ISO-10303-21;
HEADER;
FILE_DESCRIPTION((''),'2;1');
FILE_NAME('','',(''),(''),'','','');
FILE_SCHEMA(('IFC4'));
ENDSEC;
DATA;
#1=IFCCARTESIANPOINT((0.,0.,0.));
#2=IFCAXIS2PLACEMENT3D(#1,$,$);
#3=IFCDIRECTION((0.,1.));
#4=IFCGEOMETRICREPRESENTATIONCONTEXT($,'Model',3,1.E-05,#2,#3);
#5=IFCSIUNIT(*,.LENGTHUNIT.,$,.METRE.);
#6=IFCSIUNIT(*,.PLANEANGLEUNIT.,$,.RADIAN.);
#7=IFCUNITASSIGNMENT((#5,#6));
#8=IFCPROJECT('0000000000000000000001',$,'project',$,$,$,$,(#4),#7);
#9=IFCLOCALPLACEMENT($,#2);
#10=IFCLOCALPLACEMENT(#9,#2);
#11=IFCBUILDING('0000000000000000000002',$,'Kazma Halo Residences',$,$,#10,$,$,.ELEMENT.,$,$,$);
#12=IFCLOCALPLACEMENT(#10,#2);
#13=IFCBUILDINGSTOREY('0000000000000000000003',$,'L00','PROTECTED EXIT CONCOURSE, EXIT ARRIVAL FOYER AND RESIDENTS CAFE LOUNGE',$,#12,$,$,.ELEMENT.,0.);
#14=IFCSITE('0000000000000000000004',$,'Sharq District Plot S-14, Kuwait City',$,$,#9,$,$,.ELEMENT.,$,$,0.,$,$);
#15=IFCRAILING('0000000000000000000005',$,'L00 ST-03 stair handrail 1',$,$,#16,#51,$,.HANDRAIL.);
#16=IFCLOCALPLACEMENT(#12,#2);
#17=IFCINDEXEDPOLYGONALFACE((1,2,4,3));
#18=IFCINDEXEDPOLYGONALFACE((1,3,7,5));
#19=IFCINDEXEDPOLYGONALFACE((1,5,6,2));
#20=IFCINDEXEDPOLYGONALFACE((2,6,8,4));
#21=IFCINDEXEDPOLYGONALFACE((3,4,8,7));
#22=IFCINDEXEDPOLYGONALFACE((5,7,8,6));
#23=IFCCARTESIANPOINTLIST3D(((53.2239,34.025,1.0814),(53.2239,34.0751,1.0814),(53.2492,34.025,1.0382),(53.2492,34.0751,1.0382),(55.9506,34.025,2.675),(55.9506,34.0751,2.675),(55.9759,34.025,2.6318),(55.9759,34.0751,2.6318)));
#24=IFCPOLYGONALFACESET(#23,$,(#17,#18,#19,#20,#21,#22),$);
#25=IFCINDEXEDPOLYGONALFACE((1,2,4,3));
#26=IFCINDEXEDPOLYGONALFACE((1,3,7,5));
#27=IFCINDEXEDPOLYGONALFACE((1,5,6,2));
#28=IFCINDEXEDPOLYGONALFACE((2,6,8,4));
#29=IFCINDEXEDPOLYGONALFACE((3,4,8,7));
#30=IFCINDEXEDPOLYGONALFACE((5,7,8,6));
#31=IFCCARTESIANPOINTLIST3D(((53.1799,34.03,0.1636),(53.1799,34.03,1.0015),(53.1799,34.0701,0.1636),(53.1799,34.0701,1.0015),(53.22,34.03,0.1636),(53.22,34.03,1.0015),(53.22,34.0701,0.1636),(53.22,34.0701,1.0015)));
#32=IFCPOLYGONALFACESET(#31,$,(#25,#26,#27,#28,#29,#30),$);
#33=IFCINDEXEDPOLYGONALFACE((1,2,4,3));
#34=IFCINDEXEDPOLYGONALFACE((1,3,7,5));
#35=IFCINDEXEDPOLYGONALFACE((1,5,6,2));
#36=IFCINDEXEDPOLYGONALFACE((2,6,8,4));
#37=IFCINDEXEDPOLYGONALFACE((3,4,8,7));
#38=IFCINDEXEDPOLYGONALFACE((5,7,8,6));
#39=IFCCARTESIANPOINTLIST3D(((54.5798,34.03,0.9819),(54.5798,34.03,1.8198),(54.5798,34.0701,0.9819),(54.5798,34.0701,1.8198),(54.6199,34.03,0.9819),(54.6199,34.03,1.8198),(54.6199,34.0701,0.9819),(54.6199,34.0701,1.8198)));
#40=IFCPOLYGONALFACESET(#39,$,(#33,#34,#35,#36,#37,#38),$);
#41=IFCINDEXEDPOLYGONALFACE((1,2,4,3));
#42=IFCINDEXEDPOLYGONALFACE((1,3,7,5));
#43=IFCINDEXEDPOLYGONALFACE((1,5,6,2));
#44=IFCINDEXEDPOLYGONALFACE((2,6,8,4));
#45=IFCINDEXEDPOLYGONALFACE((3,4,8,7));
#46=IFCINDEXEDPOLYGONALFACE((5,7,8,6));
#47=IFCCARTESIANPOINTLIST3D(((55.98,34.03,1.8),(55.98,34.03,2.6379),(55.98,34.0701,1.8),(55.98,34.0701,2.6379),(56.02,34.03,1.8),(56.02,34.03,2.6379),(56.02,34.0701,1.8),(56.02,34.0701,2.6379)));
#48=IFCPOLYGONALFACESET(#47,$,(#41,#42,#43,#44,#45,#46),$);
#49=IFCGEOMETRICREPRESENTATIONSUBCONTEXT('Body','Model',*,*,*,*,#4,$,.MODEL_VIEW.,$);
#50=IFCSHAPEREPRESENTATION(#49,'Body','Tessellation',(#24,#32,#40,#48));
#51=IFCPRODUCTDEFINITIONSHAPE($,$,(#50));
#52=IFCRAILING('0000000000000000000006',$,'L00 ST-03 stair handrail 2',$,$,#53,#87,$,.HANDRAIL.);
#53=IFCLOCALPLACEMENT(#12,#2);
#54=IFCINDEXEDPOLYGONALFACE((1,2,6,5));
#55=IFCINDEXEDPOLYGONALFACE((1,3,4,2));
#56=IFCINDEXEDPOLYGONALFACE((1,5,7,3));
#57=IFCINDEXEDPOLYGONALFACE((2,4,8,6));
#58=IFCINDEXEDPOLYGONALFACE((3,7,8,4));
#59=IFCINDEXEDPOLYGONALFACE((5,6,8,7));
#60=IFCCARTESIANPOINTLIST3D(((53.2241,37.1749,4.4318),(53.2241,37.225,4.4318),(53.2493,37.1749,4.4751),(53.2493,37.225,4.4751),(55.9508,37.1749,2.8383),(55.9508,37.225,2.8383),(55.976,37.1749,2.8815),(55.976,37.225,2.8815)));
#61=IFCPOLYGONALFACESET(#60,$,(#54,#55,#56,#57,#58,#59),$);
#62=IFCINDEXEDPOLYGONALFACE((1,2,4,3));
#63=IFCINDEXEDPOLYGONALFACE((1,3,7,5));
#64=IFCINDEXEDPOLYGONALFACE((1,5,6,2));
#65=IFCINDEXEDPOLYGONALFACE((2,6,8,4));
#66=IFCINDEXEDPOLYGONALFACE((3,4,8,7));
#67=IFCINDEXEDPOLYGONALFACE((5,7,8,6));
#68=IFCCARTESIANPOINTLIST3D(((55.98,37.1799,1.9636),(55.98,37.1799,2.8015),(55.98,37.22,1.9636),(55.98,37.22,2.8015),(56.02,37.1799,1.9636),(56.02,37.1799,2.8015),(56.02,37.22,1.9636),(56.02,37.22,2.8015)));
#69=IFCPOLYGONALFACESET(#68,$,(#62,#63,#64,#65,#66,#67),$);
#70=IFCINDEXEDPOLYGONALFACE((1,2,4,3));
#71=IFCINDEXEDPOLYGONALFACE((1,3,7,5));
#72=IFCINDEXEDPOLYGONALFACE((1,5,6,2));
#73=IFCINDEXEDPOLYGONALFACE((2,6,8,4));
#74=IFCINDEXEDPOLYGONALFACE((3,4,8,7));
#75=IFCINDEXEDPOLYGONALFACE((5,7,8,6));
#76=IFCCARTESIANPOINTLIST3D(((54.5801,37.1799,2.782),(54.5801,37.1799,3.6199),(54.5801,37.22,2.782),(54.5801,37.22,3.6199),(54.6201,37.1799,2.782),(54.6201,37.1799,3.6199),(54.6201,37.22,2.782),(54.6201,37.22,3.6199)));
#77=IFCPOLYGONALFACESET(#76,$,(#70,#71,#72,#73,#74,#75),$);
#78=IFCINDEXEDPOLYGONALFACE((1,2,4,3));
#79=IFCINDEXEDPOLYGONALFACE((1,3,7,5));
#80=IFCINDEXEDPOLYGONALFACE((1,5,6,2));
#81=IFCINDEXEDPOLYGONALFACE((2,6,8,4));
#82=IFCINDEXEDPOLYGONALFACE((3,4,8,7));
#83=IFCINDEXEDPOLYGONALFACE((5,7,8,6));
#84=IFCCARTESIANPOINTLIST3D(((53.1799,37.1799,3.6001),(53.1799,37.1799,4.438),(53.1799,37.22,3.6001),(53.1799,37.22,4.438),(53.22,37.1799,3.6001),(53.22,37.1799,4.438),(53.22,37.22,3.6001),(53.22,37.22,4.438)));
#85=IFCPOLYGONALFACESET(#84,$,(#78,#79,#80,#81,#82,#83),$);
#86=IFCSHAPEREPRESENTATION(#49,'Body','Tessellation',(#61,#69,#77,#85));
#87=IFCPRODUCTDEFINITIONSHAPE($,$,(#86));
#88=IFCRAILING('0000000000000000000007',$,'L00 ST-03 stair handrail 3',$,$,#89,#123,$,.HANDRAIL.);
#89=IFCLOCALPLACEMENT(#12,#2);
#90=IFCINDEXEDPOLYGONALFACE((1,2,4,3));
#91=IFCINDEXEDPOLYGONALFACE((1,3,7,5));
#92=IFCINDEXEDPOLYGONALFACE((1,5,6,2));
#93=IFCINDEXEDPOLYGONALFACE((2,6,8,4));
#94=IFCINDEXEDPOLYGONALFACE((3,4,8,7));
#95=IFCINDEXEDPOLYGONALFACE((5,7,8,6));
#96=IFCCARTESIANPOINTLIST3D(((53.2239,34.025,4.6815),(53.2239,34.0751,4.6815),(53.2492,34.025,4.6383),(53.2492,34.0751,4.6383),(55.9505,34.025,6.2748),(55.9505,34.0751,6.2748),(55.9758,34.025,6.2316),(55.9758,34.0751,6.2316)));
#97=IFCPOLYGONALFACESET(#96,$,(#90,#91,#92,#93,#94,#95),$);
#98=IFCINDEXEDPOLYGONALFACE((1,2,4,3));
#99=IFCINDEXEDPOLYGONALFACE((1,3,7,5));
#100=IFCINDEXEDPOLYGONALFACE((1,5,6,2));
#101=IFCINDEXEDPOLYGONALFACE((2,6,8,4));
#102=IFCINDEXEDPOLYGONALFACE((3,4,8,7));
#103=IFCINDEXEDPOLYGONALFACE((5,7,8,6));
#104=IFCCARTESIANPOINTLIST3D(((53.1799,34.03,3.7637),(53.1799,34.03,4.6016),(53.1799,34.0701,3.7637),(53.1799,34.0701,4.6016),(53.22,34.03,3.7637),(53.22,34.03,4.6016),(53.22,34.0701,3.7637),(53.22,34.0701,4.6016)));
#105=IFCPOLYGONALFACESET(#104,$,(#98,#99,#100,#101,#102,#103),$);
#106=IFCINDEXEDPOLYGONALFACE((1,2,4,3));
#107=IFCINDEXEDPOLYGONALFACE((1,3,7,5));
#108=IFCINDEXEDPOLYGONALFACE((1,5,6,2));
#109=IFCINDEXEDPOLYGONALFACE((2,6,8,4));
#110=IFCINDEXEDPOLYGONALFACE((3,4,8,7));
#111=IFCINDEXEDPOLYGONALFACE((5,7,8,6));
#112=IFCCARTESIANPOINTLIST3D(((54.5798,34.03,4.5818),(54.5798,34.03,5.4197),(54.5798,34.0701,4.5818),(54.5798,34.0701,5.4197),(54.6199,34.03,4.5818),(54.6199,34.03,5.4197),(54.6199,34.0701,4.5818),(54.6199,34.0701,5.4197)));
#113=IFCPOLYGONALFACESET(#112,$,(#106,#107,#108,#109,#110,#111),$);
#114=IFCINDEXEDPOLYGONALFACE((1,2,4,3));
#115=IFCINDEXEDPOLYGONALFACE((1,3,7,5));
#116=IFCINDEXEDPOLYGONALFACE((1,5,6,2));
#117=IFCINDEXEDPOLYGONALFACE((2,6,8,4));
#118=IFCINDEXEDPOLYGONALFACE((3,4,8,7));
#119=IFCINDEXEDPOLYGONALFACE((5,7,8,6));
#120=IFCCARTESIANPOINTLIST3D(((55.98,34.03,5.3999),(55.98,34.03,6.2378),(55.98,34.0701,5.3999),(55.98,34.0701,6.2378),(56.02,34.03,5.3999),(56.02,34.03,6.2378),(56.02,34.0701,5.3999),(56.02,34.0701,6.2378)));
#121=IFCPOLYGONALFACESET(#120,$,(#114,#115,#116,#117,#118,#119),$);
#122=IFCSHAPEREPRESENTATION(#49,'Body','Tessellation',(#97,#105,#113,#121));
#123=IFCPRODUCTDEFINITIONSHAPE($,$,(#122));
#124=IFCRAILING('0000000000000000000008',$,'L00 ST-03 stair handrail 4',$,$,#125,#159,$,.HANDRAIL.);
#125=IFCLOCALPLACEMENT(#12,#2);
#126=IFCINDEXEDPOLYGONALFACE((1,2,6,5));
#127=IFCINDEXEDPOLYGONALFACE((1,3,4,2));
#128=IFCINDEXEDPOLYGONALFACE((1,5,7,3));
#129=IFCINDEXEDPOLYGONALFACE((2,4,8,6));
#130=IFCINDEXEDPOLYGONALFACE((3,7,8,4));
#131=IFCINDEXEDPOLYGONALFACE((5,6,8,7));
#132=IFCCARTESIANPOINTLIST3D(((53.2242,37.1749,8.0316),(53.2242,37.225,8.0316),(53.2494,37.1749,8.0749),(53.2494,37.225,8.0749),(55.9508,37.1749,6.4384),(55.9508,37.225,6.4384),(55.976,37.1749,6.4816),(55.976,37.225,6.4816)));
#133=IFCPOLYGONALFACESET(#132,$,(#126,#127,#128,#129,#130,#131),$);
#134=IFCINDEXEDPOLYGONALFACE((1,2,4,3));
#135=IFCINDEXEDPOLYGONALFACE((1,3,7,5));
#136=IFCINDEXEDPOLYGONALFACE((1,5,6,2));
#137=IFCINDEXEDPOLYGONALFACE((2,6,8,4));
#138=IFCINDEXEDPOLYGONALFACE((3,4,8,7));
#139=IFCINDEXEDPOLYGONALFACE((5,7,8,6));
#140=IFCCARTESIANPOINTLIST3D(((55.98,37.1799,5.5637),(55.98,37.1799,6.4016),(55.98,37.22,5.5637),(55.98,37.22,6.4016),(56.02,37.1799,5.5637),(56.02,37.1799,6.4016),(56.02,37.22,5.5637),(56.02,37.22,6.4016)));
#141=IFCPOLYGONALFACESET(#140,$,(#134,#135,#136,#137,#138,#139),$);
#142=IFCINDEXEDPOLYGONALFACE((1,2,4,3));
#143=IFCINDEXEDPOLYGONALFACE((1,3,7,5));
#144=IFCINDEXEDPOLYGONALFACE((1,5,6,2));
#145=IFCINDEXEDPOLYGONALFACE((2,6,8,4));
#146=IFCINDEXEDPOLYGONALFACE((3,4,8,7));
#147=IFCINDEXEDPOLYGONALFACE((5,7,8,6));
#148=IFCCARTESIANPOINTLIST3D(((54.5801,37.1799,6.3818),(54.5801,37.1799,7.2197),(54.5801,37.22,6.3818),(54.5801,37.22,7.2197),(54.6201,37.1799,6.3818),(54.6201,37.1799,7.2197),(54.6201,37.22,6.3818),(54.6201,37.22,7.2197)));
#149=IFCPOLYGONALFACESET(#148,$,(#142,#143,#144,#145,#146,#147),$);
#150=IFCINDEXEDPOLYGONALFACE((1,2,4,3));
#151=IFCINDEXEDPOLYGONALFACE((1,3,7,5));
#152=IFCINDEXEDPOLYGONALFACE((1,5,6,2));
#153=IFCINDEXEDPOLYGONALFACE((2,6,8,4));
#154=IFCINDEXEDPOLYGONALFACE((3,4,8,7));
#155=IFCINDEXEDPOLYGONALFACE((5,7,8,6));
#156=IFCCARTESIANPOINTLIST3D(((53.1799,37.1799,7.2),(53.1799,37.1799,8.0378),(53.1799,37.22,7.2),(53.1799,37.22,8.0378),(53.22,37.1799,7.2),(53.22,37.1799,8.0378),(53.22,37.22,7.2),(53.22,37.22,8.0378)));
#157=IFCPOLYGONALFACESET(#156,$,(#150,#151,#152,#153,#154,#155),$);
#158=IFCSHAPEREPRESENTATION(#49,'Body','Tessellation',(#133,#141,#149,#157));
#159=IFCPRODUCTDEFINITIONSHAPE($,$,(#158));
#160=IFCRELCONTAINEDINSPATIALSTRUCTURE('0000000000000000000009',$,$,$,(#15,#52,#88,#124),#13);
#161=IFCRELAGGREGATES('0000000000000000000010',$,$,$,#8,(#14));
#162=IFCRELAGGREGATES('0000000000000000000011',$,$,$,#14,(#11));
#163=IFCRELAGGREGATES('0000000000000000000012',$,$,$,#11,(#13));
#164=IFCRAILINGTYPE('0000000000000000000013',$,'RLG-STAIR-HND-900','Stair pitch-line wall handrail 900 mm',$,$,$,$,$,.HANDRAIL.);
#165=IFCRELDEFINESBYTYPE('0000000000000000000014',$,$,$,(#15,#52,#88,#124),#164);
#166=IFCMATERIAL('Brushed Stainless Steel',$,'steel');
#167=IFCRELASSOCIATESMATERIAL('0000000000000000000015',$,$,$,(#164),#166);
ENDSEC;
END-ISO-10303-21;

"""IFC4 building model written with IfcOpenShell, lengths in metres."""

from ifc_helpers import new_model, si_unit, direction, frame, origin, origin_2d, place, context, subcontext, project, spatial, rectangle, extrude, material, type_object, element, save


model = new_model("IFC4")

# Units and contexts
model_context = context("Model", 3, precision=1e-05, world=origin(), true_north=direction((0.0, 1.0)))
body_context = subcontext(model_context, "Body", "Model", "MODEL_VIEW")
ifc_project = project(units=[si_unit("LENGTHUNIT", "METRE"), si_unit("PLANEANGLEUNIT", "RADIAN")], contexts=[model_context])

# Site, building, storey
site_placement = place(None, origin())
site = spatial("IfcSite", under=ifc_project, at=site_placement, Name="Sharq District Plot S-14, Kuwait City", CompositionType="ELEMENT", RefElevation=0.0)
building_placement = place(site_placement, origin())
building = spatial("IfcBuilding", under=site, at=building_placement, Name="Kazma Halo Residences", CompositionType="ELEMENT")
storey_placement = place(building_placement, origin())
storey = spatial("IfcBuildingStorey", under=building, at=storey_placement, Name="L00", Description="PROTECTED EXIT CONCOURSE, EXIT ARRIVAL FOYER AND RESIDENTS CAFE LOUNGE", CompositionType="ELEMENT", Elevation=0.0)

# Railings
ifc_material_1 = material(Name="Brushed Stainless Steel", Category="steel")
railing_type_1 = type_object("IfcRailingType", Name="RLG-STAIR-HND-900", Description="Stair pitch-line wall handrail 900 mm", PredefinedType="HANDRAIL", material=ifc_material_1)
railing_1_placement = place(storey_placement, frame((53.2, 34.05, 0.1636)))
element("IfcRailing", 1, at=railing_1_placement, inside=storey, type_object=railing_type_1, Name="L00 ST-03 stair handrail 1", PredefinedType="HANDRAIL", context=body_context, shape_type="SweptSolid", body=[
    extrude(rectangle(XDim=0.05, YDim=0.05, at=origin_2d()), frame((0.0366, 0.0, 0.8962), z_axis=(0.863361, 0.0, 0.504587), x_axis=(0.0, 1.0, 0.0)), (0.0, 0.0, 1.0), 3.1582),
    extrude(rectangle(XDim=0.04, YDim=0.04, at=origin_2d()), origin(), (0.0, 0.0, 1.0), 0.8379),
    extrude(rectangle(XDim=0.04, YDim=0.04, at=origin_2d()), frame((1.3999, 0.0, 0.8184)), (0.0, 0.0, 1.0), 0.8379),
    extrude(rectangle(XDim=0.04, YDim=0.04, at=origin_2d()), frame((2.8, 0.0, 1.6365)), (0.0, 0.0, 1.0), 0.8379),
])
railing_2_placement = place(storey_placement, frame((56.0, 37.2, 1.9636)))
element("IfcRailing", 2, at=railing_2_placement, inside=storey, type_object=railing_type_1, Name="L00 ST-03 stair handrail 2", PredefinedType="HANDRAIL", context=body_context, shape_type="SweptSolid", body=[
    extrude(rectangle(XDim=0.05, YDim=0.05, at=origin_2d()), frame((-0.0366, 0.0, 0.8962), z_axis=(-0.863361, 0.0, 0.504587), x_axis=(0.0, -1.0, 0.0)), (0.0, 0.0, 1.0), 3.1582),
    extrude(rectangle(XDim=0.04, YDim=0.04, at=origin_2d()), origin(), (0.0, 0.0, 1.0), 0.8379),
    extrude(rectangle(XDim=0.04, YDim=0.04, at=origin_2d()), frame((-1.3999, 0.0, 0.8184)), (0.0, 0.0, 1.0), 0.8379),
    extrude(rectangle(XDim=0.04, YDim=0.04, at=origin_2d()), frame((-2.8, 0.0, 1.6365)), (0.0, 0.0, 1.0), 0.8379),
])
railing_3_placement = place(storey_placement, frame((53.2, 34.05, 3.7637)))
element("IfcRailing", 3, at=railing_3_placement, inside=storey, type_object=railing_type_1, Name="L00 ST-03 stair handrail 3", PredefinedType="HANDRAIL", context=body_context, shape_type="SweptSolid", body=[
    extrude(rectangle(XDim=0.05, YDim=0.05, at=origin_2d()), frame((0.0366, 0.0, 0.8962), z_axis=(0.863394, 0.0, 0.504531), x_axis=(0.0, 1.0, 0.0)), (0.0, 0.0, 1.0), 3.158),
    extrude(rectangle(XDim=0.04, YDim=0.04, at=origin_2d()), origin(), (0.0, 0.0, 1.0), 0.8379),
    extrude(rectangle(XDim=0.04, YDim=0.04, at=origin_2d()), frame((1.3999, 0.0, 0.8181)), (0.0, 0.0, 1.0), 0.8379),
    extrude(rectangle(XDim=0.04, YDim=0.04, at=origin_2d()), frame((2.8, 0.0, 1.6362)), (0.0, 0.0, 1.0), 0.8379),
])
railing_4_placement = place(storey_placement, frame((56.0, 37.2, 5.5637)))
element("IfcRailing", 4, at=railing_4_placement, inside=storey, type_object=railing_type_1, Name="L00 ST-03 stair handrail 4", PredefinedType="HANDRAIL", context=body_context, shape_type="SweptSolid", body=[
    extrude(rectangle(XDim=0.05, YDim=0.05, at=origin_2d()), frame((-0.0366, 0.0, 0.8962), z_axis=(-0.863394, 0.0, 0.504531), x_axis=(0.0, -1.0, 0.0)), (0.0, 0.0, 1.0), 3.158),
    extrude(rectangle(XDim=0.04, YDim=0.04, at=origin_2d()), origin(), (0.0, 0.0, 1.0), 0.8379),
    extrude(rectangle(XDim=0.04, YDim=0.04, at=origin_2d()), frame((-1.3999, 0.0, 0.8181)), (0.0, 0.0, 1.0), 0.8379),
    extrude(rectangle(XDim=0.04, YDim=0.04, at=origin_2d()), frame((-2.8, 0.0, 1.6362)), (0.0, 0.0, 1.0), 0.8379),
])

save(model, "model.ifc")
